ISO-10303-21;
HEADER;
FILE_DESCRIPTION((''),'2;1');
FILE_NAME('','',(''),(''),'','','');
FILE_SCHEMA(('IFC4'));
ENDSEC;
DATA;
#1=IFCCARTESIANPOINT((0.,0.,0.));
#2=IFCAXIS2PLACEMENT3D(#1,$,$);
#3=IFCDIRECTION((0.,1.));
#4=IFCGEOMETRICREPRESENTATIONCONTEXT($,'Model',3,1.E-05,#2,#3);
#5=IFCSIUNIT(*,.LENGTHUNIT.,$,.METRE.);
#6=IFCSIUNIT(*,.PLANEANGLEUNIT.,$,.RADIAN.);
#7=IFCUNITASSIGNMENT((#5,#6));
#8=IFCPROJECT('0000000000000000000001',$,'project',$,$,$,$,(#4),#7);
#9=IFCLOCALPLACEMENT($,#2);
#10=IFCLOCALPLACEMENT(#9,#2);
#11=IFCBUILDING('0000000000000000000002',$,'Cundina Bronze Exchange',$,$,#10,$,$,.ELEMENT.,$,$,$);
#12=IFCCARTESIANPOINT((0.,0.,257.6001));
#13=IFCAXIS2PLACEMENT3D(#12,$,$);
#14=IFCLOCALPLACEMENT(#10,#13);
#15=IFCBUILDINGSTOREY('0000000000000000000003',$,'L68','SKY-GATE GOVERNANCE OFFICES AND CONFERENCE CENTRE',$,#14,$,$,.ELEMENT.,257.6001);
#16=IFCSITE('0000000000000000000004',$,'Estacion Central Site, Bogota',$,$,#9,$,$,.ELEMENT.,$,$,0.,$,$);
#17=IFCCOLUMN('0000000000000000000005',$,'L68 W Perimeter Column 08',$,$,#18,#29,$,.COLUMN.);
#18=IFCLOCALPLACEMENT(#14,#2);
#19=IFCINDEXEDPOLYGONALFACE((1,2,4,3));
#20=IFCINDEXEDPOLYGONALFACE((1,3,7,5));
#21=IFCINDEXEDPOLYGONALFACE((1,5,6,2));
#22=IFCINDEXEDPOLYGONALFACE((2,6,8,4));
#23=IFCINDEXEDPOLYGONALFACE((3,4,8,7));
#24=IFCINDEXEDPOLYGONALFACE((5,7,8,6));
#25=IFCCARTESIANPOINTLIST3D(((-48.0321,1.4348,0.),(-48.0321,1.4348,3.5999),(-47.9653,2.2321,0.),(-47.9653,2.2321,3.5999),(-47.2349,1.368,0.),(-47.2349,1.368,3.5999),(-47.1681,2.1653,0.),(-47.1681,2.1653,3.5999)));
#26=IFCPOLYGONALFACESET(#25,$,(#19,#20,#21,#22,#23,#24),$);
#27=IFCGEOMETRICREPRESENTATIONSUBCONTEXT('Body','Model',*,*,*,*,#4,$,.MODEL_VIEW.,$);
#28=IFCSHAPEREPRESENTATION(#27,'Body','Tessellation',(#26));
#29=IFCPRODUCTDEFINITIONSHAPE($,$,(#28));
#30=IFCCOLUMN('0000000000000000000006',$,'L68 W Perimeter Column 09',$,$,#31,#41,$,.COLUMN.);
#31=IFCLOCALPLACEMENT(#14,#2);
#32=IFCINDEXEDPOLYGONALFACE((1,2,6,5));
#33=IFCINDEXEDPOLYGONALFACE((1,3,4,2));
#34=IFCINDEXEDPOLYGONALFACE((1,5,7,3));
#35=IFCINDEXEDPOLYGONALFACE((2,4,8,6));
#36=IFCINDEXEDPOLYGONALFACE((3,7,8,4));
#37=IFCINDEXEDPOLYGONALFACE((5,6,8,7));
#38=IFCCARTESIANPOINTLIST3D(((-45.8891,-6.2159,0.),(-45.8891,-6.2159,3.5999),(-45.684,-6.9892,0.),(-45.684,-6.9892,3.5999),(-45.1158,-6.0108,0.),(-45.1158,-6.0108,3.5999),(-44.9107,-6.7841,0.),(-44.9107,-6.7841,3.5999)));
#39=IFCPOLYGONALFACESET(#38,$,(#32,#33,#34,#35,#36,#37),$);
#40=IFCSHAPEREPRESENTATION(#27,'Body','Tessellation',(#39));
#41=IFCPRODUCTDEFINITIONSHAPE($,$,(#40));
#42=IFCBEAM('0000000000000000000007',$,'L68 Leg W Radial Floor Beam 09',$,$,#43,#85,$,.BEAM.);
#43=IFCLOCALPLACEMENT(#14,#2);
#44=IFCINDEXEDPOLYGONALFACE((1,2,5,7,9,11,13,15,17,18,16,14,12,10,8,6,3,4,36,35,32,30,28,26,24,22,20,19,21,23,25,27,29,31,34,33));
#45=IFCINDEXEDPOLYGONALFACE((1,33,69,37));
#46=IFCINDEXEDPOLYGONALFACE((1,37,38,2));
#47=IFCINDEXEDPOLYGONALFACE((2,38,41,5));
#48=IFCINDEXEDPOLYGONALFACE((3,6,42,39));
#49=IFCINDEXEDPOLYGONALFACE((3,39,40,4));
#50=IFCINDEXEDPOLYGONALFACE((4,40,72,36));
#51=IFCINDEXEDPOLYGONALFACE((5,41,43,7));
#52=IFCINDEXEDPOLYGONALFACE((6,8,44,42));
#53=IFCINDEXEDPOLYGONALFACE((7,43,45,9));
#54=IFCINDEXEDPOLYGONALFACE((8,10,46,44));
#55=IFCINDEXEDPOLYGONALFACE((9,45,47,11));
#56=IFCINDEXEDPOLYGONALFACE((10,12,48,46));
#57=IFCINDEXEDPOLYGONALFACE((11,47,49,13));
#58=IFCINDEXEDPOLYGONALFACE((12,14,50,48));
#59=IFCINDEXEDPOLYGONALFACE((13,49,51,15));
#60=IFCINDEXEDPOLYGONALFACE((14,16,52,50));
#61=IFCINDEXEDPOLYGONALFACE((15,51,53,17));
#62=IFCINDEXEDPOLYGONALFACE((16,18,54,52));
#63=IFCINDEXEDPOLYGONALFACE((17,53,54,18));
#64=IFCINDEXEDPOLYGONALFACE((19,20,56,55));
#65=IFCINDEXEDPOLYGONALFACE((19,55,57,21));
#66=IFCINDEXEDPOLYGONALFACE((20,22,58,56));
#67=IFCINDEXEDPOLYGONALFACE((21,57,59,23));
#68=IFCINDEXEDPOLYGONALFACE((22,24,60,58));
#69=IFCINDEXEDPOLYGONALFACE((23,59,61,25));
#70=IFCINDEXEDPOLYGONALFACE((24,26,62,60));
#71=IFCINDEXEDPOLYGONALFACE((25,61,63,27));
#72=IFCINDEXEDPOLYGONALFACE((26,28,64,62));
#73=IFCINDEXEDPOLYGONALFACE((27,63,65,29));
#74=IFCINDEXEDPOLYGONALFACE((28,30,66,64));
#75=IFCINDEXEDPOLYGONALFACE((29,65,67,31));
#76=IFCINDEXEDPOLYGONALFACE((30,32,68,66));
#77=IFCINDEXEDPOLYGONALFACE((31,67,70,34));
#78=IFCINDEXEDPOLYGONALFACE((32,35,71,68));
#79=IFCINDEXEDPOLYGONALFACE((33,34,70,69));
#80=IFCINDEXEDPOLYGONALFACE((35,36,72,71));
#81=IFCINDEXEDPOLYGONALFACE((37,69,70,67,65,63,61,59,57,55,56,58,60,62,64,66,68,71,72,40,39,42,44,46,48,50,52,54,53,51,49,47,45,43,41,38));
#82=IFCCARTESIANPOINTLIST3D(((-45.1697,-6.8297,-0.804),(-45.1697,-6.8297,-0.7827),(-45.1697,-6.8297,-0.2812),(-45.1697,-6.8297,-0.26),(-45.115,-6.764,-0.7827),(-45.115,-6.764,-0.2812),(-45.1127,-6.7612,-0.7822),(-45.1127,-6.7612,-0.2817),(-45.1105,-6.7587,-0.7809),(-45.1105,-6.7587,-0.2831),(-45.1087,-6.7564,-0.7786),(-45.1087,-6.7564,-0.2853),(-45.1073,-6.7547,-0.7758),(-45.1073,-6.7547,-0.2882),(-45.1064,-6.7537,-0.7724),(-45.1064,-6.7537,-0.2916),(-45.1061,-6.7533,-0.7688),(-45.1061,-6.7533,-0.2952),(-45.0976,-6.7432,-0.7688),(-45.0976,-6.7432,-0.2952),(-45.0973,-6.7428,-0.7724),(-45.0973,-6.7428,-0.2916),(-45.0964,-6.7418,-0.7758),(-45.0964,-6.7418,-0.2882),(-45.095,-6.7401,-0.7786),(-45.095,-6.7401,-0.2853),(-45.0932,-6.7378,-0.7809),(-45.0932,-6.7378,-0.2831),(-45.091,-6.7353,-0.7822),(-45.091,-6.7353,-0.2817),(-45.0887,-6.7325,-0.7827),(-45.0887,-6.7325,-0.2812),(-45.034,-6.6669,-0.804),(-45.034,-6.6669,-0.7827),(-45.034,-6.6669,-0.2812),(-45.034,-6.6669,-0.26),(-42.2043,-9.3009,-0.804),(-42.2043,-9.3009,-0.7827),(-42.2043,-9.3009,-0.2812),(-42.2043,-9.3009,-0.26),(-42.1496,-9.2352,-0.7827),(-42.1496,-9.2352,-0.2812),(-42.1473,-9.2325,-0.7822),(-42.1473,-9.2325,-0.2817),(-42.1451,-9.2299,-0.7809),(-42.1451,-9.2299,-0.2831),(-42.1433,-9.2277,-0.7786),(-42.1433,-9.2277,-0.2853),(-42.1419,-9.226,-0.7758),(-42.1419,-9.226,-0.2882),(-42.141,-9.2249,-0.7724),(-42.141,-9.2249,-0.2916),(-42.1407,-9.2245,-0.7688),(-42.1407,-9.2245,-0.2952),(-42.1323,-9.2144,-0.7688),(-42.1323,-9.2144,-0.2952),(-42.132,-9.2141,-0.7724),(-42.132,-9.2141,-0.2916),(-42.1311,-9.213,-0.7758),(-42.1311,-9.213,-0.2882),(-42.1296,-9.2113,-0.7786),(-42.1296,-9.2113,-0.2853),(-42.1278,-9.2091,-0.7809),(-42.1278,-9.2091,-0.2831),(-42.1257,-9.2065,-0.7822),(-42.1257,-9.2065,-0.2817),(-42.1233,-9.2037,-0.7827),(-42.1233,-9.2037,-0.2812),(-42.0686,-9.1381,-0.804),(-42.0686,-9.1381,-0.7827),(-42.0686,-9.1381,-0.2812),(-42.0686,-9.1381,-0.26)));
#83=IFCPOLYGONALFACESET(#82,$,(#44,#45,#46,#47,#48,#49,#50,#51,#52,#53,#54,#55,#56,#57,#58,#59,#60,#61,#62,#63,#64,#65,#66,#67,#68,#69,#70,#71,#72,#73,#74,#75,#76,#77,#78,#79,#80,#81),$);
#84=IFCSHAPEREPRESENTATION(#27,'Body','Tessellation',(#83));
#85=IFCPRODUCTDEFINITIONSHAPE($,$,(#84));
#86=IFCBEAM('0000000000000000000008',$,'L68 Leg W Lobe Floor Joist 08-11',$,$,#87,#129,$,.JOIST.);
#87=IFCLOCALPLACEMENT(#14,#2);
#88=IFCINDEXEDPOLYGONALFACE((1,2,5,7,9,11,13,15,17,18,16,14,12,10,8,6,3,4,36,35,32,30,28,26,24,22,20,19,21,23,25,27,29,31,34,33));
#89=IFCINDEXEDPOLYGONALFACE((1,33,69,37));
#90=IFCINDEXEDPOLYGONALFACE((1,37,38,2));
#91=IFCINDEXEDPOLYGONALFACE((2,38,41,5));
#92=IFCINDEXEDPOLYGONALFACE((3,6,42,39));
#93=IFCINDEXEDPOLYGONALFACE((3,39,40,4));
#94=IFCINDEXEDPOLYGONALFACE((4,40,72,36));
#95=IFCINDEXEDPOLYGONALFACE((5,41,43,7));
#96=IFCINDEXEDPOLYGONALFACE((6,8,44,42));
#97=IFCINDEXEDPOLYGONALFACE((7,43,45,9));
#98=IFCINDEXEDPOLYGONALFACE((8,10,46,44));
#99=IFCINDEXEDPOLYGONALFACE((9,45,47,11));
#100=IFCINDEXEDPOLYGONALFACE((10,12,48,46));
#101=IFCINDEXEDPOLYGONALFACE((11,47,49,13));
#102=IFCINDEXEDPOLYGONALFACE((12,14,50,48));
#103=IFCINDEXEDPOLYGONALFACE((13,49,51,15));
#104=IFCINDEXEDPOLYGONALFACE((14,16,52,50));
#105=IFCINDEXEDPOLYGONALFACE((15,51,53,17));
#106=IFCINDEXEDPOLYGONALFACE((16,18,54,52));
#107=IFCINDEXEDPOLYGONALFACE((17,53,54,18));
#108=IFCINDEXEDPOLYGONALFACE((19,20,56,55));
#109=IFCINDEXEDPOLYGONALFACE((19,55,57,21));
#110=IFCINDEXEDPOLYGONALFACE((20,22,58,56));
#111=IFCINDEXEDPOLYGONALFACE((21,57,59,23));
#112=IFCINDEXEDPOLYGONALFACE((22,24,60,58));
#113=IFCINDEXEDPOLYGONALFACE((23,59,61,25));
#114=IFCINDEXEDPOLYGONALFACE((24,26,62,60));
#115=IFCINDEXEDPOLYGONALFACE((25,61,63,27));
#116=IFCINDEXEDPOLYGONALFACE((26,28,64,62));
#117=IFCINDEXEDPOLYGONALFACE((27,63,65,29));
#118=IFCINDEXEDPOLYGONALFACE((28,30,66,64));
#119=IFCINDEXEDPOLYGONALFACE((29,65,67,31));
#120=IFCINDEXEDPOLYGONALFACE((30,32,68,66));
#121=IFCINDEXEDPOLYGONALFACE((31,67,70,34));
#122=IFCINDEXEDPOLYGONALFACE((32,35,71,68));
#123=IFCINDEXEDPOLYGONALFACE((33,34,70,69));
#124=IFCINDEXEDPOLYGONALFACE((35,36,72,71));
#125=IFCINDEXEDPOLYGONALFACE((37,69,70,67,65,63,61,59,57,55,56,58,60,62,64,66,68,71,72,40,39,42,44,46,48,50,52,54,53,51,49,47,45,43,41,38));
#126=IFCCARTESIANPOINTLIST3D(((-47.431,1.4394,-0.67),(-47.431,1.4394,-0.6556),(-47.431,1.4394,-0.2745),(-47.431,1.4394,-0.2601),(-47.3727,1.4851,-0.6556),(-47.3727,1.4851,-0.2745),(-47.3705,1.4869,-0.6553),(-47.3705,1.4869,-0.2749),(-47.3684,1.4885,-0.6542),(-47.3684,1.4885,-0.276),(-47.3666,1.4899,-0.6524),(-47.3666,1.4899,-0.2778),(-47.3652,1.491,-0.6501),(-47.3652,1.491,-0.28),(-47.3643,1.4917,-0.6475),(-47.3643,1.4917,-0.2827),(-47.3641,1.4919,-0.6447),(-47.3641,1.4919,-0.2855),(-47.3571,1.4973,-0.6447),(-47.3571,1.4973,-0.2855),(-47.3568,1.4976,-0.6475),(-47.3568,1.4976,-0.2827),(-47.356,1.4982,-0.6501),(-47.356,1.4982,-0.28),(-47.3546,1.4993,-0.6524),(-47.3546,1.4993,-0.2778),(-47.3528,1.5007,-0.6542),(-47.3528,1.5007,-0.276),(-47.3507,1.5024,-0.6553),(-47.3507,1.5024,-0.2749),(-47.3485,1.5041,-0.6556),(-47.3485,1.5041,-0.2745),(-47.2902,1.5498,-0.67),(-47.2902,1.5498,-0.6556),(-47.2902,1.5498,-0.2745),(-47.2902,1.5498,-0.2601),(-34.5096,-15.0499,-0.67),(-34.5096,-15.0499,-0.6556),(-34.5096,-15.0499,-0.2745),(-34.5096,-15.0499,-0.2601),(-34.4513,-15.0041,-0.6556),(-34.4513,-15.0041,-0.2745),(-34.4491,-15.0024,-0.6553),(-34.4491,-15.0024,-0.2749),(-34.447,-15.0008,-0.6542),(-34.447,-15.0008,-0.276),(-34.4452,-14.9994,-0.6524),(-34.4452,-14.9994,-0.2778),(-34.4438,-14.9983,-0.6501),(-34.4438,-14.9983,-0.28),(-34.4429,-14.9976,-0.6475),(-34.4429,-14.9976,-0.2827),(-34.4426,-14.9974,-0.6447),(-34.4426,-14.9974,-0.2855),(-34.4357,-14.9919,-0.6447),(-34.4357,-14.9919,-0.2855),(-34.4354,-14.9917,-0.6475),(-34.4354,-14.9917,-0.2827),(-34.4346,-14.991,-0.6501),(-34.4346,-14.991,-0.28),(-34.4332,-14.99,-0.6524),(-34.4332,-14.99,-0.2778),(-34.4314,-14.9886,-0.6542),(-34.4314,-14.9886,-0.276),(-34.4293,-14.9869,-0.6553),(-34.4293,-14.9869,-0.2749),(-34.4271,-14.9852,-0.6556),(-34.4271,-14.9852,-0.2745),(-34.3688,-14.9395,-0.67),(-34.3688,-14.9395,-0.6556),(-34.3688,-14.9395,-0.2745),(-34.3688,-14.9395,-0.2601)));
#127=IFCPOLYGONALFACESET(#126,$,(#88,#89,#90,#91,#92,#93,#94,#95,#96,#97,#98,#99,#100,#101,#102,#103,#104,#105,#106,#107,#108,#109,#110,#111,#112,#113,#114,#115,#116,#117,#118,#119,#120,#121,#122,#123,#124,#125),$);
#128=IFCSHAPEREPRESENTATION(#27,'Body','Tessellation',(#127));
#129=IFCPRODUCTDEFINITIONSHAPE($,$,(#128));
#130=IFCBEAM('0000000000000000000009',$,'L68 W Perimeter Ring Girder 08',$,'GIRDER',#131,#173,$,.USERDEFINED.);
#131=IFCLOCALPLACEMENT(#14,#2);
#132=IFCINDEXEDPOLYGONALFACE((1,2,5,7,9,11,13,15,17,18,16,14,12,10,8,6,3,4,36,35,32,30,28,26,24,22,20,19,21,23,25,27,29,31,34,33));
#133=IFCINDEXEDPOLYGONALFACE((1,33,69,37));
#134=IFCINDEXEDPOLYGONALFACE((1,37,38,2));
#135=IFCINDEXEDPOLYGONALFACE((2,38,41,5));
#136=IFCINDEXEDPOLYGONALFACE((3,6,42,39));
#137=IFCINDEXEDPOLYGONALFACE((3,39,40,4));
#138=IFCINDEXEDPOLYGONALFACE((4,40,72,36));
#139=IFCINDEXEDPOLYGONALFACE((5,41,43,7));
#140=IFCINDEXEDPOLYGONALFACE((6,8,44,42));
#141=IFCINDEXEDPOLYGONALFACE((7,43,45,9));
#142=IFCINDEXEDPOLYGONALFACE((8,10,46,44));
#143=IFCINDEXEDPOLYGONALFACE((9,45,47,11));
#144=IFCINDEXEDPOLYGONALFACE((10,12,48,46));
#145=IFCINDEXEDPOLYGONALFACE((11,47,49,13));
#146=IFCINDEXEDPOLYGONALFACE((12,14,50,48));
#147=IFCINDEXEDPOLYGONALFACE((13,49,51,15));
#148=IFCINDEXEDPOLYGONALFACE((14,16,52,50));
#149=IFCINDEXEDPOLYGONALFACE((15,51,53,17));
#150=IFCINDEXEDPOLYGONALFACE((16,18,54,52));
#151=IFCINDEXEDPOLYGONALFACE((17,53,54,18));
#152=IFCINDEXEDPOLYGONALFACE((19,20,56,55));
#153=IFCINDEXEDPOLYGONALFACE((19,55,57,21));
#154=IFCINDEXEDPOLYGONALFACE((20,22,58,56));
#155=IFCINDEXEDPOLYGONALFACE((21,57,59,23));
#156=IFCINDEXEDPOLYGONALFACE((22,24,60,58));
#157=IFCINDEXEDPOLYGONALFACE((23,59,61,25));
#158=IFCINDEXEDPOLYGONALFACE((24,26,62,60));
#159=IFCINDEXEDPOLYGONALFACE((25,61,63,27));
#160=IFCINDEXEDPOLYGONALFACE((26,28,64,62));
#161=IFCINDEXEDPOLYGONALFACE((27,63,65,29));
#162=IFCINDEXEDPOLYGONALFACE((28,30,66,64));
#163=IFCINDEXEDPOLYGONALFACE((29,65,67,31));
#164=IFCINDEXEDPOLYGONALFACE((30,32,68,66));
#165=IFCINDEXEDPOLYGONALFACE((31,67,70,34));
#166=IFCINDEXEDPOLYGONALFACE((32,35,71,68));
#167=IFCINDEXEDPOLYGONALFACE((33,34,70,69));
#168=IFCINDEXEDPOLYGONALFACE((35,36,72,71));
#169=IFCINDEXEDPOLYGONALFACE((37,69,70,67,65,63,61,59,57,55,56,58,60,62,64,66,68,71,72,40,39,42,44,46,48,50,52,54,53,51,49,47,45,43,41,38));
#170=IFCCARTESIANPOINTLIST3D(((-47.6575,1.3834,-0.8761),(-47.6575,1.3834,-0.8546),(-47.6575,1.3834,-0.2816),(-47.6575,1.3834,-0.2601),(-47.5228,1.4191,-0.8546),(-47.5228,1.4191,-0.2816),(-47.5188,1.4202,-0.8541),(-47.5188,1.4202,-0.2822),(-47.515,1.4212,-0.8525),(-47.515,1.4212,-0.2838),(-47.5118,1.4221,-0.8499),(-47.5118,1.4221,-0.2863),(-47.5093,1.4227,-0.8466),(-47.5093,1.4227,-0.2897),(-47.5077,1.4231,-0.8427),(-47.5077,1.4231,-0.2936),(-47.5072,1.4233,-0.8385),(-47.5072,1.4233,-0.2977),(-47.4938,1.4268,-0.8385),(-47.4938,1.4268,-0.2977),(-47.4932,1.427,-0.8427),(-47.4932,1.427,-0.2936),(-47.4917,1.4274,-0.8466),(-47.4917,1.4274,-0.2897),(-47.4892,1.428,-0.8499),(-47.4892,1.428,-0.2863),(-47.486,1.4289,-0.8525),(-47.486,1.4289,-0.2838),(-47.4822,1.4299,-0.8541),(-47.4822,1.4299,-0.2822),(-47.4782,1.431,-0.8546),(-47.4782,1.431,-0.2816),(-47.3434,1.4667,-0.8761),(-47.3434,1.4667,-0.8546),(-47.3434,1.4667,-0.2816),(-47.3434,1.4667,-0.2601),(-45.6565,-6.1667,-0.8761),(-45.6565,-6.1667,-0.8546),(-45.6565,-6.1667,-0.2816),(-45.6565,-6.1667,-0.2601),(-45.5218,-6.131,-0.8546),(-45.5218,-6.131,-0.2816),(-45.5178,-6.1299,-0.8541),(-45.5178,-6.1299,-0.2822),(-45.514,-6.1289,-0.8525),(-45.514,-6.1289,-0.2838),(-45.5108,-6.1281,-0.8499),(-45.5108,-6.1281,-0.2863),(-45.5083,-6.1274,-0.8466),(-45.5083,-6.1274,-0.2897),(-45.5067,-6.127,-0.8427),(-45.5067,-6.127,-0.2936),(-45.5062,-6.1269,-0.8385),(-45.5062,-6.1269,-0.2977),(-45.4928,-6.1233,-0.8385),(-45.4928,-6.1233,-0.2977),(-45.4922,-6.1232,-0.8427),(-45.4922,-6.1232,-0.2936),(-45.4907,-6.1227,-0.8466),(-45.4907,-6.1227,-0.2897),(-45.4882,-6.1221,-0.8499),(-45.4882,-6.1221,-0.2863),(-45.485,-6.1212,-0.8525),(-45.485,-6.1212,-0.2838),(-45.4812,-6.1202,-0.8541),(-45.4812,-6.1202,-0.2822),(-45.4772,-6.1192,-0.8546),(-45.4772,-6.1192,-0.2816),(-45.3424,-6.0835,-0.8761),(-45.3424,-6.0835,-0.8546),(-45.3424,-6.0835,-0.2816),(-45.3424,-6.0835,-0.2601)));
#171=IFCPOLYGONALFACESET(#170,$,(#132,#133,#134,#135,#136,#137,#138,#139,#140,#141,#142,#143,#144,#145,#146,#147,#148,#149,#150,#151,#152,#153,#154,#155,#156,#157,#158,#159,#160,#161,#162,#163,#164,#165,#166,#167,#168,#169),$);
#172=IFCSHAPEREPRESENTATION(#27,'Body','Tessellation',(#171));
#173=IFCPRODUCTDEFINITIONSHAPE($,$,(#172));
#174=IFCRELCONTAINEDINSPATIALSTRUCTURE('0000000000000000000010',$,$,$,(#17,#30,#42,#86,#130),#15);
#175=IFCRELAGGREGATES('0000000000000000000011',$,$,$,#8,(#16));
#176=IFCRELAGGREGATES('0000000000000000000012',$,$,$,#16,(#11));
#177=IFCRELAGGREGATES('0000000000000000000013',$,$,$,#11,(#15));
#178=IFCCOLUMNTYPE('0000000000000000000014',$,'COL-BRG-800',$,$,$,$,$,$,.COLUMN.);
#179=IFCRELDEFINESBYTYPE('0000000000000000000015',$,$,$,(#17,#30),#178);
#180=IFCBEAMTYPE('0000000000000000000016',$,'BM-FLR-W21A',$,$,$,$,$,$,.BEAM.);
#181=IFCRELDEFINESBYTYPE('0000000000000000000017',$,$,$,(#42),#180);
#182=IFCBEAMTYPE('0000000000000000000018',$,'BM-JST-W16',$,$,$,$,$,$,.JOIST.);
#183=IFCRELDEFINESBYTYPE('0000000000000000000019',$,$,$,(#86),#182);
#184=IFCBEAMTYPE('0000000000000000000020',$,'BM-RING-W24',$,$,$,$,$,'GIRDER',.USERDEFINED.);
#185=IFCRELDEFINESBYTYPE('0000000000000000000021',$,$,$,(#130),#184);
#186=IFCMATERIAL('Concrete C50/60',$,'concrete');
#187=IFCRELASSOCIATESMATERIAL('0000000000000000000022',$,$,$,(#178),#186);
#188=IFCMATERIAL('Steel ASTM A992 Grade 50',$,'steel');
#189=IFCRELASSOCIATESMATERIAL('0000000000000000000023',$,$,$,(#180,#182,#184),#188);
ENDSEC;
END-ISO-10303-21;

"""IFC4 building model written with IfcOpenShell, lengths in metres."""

from ifc_helpers import new_model, si_unit, direction, frame, origin, origin_2d, place, context, subcontext, project, spatial, rectangle, i_section, extrude, material, material_profile, profile_set, type_object, element, save


model = new_model("IFC4")

# Units and contexts
model_context = context("Model", 3, precision=1e-05, world=origin(), true_north=direction((0.0, 1.0)))
body_context = subcontext(model_context, "Body", "Model", "MODEL_VIEW")
ifc_project = project(units=[si_unit("LENGTHUNIT", "METRE"), si_unit("PLANEANGLEUNIT", "RADIAN")], contexts=[model_context])

# Site, building, storey
site_placement = place(None, origin())
site = spatial("IfcSite", under=ifc_project, at=site_placement, Name="Estacion Central Site, Bogota", CompositionType="ELEMENT", RefElevation=0.0)
building_placement = place(site_placement, origin())
building = spatial("IfcBuilding", under=site, at=building_placement, Name="Cundina Bronze Exchange", CompositionType="ELEMENT")
storey_placement = place(building_placement, frame((0.0, 0.0, 257.6001)))
storey = spatial("IfcBuildingStorey", under=building, at=storey_placement, Name="L68", Description="SKY-GATE GOVERNANCE OFFICES AND CONFERENCE CENTRE", CompositionType="ELEMENT", Elevation=257.6001)

# Columns
ifc_material_1 = material(Name="Concrete C50/60", Category="concrete")
ifc_material_profile_1 = material_profile(ifc_material_1, rectangle(XDim=0.8, YDim=0.8, at=origin_2d()), Name="RC800X800", Category="concrete")
ifc_profile_set_1 = profile_set([ifc_material_profile_1], Name="Concrete C50/60")
column_type = type_object("IfcColumnType", Name="COL-BRG-800", PredefinedType="COLUMN", material=ifc_profile_set_1)
for number, where, z_axis, x_axis, name in (
    (1, (-47.6001, 1.8, 0.0), (0.0, 0.0, 1.0), (-0.083504, -0.996507, 0.0), "L68 W Perimeter Column 08"),
    (2, (-45.3999, -6.5, 0.0), (0.0, 0.0, 1.0), (0.256289, -0.9666, 0.0), "L68 W Perimeter Column 09"),
):
    element("IfcColumn", number, at=place(storey_placement, frame(where, z_axis=z_axis, x_axis=x_axis)), inside=storey, type_object=column_type, Name=name, PredefinedType="COLUMN", context=body_context, shape_type="SweptSolid", body=[
        extrude(rectangle(XDim=0.8, YDim=0.8, at=origin_2d()), origin(), (0.0, 0.0, 1.0), 3.5999),
    ])

# Beams
ifc_material_2 = material(Name="Steel ASTM A992 Grade 50", Category="steel")
ifc_material_profile_2 = material_profile(ifc_material_2, i_section(OverallWidth=0.2119, OverallDepth=0.5439, WebThickness=0.0132, FlangeThickness=0.0212, FilletRadius=0.0139, at=origin_2d()), Name="W21X83", Category="steel")
ifc_profile_set_2 = profile_set([ifc_material_profile_2], Name="Steel ASTM A992 Grade 50")
beam_type_1 = type_object("IfcBeamType", Name="BM-FLR-W21A", PredefinedType="BEAM", material=ifc_profile_set_2)
beam_1_placement = place(storey_placement, frame((-42.1365, -9.2195, -0.532), z_axis=(-0.768211, 0.640197, 0.0), x_axis=(-0.640197, -0.768211, 0.0)))
element("IfcBeam", 3, at=beam_1_placement, inside=storey, type_object=beam_type_1, Name="L68 Leg W Radial Floor Beam 09", PredefinedType="BEAM", context=body_context, shape_type="SweptSolid", body=[
    extrude(i_section(OverallWidth=0.2119, OverallDepth=0.5439, WebThickness=0.0132, FlangeThickness=0.0212, FilletRadius=0.0139, at=origin_2d()), origin(), (0.0, 0.0, 1.0), 3.8601),
])
ifc_material_profile_3 = material_profile(ifc_material_2, i_section(OverallWidth=0.179, OverallDepth=0.4099, WebThickness=0.0088, FlangeThickness=0.0144, FilletRadius=0.011, at=origin_2d()), Name="W16X45", Category="steel")
ifc_profile_set_3 = profile_set([ifc_material_profile_3], Name="Steel ASTM A992 Grade 50")
beam_type_2 = type_object("IfcBeamType", Name="BM-JST-W16", PredefinedType="JOIST", material=ifc_profile_set_3)
beam_2_placement = place(storey_placement, frame((-47.3606, 1.4946, -0.4651), z_axis=(0.616804, -0.787117, 0.0), x_axis=(0.787117, 0.616804, 0.0)))
element("IfcBeam", 4, at=beam_2_placement, inside=storey, type_object=beam_type_2, Name="L68 Leg W Lobe Floor Joist 08-11", PredefinedType="JOIST", context=body_context, shape_type="SweptSolid", body=[
    extrude(i_section(OverallWidth=0.179, OverallDepth=0.4099, WebThickness=0.0088, FlangeThickness=0.0144, FilletRadius=0.011, at=origin_2d()), origin(), (0.0, 0.0, 1.0), 20.949),
])
ifc_material_profile_4 = material_profile(ifc_material_2, i_section(OverallWidth=0.325, OverallDepth=0.616, WebThickness=0.0139, FlangeThickness=0.0215, FilletRadius=0.0161, at=origin_2d()), Name="W24X117", Category="steel")
ifc_profile_set_4 = profile_set([ifc_material_profile_4], Name="Steel ASTM A992 Grade 50")
beam_type_3 = type_object("IfcBeamType", Name="BM-RING-W24", ElementType="GIRDER", PredefinedType="USERDEFINED", material=ifc_profile_set_4)
for number, where, z_axis, x_axis, name in (
    (5, (-47.5005, 1.425, -0.5681), (0.256184, -0.966628, 0.0), (0.966628, 0.256184, 0.0), "L68 W Perimeter Ring Girder 08"),
):
    element("IfcBeam", number, at=place(storey_placement, frame(where, z_axis=z_axis, x_axis=x_axis)), inside=storey, type_object=beam_type_3, Name=name, ObjectType="GIRDER", PredefinedType="USERDEFINED", context=body_context, shape_type="SweptSolid", body=[
        extrude(i_section(OverallWidth=0.325, OverallDepth=0.616, WebThickness=0.0139, FlangeThickness=0.0215, FilletRadius=0.0161, at=origin_2d()), origin(), (0.0, 0.0, 1.0), 7.8108),
    ])

save(model, "model.ifc")
